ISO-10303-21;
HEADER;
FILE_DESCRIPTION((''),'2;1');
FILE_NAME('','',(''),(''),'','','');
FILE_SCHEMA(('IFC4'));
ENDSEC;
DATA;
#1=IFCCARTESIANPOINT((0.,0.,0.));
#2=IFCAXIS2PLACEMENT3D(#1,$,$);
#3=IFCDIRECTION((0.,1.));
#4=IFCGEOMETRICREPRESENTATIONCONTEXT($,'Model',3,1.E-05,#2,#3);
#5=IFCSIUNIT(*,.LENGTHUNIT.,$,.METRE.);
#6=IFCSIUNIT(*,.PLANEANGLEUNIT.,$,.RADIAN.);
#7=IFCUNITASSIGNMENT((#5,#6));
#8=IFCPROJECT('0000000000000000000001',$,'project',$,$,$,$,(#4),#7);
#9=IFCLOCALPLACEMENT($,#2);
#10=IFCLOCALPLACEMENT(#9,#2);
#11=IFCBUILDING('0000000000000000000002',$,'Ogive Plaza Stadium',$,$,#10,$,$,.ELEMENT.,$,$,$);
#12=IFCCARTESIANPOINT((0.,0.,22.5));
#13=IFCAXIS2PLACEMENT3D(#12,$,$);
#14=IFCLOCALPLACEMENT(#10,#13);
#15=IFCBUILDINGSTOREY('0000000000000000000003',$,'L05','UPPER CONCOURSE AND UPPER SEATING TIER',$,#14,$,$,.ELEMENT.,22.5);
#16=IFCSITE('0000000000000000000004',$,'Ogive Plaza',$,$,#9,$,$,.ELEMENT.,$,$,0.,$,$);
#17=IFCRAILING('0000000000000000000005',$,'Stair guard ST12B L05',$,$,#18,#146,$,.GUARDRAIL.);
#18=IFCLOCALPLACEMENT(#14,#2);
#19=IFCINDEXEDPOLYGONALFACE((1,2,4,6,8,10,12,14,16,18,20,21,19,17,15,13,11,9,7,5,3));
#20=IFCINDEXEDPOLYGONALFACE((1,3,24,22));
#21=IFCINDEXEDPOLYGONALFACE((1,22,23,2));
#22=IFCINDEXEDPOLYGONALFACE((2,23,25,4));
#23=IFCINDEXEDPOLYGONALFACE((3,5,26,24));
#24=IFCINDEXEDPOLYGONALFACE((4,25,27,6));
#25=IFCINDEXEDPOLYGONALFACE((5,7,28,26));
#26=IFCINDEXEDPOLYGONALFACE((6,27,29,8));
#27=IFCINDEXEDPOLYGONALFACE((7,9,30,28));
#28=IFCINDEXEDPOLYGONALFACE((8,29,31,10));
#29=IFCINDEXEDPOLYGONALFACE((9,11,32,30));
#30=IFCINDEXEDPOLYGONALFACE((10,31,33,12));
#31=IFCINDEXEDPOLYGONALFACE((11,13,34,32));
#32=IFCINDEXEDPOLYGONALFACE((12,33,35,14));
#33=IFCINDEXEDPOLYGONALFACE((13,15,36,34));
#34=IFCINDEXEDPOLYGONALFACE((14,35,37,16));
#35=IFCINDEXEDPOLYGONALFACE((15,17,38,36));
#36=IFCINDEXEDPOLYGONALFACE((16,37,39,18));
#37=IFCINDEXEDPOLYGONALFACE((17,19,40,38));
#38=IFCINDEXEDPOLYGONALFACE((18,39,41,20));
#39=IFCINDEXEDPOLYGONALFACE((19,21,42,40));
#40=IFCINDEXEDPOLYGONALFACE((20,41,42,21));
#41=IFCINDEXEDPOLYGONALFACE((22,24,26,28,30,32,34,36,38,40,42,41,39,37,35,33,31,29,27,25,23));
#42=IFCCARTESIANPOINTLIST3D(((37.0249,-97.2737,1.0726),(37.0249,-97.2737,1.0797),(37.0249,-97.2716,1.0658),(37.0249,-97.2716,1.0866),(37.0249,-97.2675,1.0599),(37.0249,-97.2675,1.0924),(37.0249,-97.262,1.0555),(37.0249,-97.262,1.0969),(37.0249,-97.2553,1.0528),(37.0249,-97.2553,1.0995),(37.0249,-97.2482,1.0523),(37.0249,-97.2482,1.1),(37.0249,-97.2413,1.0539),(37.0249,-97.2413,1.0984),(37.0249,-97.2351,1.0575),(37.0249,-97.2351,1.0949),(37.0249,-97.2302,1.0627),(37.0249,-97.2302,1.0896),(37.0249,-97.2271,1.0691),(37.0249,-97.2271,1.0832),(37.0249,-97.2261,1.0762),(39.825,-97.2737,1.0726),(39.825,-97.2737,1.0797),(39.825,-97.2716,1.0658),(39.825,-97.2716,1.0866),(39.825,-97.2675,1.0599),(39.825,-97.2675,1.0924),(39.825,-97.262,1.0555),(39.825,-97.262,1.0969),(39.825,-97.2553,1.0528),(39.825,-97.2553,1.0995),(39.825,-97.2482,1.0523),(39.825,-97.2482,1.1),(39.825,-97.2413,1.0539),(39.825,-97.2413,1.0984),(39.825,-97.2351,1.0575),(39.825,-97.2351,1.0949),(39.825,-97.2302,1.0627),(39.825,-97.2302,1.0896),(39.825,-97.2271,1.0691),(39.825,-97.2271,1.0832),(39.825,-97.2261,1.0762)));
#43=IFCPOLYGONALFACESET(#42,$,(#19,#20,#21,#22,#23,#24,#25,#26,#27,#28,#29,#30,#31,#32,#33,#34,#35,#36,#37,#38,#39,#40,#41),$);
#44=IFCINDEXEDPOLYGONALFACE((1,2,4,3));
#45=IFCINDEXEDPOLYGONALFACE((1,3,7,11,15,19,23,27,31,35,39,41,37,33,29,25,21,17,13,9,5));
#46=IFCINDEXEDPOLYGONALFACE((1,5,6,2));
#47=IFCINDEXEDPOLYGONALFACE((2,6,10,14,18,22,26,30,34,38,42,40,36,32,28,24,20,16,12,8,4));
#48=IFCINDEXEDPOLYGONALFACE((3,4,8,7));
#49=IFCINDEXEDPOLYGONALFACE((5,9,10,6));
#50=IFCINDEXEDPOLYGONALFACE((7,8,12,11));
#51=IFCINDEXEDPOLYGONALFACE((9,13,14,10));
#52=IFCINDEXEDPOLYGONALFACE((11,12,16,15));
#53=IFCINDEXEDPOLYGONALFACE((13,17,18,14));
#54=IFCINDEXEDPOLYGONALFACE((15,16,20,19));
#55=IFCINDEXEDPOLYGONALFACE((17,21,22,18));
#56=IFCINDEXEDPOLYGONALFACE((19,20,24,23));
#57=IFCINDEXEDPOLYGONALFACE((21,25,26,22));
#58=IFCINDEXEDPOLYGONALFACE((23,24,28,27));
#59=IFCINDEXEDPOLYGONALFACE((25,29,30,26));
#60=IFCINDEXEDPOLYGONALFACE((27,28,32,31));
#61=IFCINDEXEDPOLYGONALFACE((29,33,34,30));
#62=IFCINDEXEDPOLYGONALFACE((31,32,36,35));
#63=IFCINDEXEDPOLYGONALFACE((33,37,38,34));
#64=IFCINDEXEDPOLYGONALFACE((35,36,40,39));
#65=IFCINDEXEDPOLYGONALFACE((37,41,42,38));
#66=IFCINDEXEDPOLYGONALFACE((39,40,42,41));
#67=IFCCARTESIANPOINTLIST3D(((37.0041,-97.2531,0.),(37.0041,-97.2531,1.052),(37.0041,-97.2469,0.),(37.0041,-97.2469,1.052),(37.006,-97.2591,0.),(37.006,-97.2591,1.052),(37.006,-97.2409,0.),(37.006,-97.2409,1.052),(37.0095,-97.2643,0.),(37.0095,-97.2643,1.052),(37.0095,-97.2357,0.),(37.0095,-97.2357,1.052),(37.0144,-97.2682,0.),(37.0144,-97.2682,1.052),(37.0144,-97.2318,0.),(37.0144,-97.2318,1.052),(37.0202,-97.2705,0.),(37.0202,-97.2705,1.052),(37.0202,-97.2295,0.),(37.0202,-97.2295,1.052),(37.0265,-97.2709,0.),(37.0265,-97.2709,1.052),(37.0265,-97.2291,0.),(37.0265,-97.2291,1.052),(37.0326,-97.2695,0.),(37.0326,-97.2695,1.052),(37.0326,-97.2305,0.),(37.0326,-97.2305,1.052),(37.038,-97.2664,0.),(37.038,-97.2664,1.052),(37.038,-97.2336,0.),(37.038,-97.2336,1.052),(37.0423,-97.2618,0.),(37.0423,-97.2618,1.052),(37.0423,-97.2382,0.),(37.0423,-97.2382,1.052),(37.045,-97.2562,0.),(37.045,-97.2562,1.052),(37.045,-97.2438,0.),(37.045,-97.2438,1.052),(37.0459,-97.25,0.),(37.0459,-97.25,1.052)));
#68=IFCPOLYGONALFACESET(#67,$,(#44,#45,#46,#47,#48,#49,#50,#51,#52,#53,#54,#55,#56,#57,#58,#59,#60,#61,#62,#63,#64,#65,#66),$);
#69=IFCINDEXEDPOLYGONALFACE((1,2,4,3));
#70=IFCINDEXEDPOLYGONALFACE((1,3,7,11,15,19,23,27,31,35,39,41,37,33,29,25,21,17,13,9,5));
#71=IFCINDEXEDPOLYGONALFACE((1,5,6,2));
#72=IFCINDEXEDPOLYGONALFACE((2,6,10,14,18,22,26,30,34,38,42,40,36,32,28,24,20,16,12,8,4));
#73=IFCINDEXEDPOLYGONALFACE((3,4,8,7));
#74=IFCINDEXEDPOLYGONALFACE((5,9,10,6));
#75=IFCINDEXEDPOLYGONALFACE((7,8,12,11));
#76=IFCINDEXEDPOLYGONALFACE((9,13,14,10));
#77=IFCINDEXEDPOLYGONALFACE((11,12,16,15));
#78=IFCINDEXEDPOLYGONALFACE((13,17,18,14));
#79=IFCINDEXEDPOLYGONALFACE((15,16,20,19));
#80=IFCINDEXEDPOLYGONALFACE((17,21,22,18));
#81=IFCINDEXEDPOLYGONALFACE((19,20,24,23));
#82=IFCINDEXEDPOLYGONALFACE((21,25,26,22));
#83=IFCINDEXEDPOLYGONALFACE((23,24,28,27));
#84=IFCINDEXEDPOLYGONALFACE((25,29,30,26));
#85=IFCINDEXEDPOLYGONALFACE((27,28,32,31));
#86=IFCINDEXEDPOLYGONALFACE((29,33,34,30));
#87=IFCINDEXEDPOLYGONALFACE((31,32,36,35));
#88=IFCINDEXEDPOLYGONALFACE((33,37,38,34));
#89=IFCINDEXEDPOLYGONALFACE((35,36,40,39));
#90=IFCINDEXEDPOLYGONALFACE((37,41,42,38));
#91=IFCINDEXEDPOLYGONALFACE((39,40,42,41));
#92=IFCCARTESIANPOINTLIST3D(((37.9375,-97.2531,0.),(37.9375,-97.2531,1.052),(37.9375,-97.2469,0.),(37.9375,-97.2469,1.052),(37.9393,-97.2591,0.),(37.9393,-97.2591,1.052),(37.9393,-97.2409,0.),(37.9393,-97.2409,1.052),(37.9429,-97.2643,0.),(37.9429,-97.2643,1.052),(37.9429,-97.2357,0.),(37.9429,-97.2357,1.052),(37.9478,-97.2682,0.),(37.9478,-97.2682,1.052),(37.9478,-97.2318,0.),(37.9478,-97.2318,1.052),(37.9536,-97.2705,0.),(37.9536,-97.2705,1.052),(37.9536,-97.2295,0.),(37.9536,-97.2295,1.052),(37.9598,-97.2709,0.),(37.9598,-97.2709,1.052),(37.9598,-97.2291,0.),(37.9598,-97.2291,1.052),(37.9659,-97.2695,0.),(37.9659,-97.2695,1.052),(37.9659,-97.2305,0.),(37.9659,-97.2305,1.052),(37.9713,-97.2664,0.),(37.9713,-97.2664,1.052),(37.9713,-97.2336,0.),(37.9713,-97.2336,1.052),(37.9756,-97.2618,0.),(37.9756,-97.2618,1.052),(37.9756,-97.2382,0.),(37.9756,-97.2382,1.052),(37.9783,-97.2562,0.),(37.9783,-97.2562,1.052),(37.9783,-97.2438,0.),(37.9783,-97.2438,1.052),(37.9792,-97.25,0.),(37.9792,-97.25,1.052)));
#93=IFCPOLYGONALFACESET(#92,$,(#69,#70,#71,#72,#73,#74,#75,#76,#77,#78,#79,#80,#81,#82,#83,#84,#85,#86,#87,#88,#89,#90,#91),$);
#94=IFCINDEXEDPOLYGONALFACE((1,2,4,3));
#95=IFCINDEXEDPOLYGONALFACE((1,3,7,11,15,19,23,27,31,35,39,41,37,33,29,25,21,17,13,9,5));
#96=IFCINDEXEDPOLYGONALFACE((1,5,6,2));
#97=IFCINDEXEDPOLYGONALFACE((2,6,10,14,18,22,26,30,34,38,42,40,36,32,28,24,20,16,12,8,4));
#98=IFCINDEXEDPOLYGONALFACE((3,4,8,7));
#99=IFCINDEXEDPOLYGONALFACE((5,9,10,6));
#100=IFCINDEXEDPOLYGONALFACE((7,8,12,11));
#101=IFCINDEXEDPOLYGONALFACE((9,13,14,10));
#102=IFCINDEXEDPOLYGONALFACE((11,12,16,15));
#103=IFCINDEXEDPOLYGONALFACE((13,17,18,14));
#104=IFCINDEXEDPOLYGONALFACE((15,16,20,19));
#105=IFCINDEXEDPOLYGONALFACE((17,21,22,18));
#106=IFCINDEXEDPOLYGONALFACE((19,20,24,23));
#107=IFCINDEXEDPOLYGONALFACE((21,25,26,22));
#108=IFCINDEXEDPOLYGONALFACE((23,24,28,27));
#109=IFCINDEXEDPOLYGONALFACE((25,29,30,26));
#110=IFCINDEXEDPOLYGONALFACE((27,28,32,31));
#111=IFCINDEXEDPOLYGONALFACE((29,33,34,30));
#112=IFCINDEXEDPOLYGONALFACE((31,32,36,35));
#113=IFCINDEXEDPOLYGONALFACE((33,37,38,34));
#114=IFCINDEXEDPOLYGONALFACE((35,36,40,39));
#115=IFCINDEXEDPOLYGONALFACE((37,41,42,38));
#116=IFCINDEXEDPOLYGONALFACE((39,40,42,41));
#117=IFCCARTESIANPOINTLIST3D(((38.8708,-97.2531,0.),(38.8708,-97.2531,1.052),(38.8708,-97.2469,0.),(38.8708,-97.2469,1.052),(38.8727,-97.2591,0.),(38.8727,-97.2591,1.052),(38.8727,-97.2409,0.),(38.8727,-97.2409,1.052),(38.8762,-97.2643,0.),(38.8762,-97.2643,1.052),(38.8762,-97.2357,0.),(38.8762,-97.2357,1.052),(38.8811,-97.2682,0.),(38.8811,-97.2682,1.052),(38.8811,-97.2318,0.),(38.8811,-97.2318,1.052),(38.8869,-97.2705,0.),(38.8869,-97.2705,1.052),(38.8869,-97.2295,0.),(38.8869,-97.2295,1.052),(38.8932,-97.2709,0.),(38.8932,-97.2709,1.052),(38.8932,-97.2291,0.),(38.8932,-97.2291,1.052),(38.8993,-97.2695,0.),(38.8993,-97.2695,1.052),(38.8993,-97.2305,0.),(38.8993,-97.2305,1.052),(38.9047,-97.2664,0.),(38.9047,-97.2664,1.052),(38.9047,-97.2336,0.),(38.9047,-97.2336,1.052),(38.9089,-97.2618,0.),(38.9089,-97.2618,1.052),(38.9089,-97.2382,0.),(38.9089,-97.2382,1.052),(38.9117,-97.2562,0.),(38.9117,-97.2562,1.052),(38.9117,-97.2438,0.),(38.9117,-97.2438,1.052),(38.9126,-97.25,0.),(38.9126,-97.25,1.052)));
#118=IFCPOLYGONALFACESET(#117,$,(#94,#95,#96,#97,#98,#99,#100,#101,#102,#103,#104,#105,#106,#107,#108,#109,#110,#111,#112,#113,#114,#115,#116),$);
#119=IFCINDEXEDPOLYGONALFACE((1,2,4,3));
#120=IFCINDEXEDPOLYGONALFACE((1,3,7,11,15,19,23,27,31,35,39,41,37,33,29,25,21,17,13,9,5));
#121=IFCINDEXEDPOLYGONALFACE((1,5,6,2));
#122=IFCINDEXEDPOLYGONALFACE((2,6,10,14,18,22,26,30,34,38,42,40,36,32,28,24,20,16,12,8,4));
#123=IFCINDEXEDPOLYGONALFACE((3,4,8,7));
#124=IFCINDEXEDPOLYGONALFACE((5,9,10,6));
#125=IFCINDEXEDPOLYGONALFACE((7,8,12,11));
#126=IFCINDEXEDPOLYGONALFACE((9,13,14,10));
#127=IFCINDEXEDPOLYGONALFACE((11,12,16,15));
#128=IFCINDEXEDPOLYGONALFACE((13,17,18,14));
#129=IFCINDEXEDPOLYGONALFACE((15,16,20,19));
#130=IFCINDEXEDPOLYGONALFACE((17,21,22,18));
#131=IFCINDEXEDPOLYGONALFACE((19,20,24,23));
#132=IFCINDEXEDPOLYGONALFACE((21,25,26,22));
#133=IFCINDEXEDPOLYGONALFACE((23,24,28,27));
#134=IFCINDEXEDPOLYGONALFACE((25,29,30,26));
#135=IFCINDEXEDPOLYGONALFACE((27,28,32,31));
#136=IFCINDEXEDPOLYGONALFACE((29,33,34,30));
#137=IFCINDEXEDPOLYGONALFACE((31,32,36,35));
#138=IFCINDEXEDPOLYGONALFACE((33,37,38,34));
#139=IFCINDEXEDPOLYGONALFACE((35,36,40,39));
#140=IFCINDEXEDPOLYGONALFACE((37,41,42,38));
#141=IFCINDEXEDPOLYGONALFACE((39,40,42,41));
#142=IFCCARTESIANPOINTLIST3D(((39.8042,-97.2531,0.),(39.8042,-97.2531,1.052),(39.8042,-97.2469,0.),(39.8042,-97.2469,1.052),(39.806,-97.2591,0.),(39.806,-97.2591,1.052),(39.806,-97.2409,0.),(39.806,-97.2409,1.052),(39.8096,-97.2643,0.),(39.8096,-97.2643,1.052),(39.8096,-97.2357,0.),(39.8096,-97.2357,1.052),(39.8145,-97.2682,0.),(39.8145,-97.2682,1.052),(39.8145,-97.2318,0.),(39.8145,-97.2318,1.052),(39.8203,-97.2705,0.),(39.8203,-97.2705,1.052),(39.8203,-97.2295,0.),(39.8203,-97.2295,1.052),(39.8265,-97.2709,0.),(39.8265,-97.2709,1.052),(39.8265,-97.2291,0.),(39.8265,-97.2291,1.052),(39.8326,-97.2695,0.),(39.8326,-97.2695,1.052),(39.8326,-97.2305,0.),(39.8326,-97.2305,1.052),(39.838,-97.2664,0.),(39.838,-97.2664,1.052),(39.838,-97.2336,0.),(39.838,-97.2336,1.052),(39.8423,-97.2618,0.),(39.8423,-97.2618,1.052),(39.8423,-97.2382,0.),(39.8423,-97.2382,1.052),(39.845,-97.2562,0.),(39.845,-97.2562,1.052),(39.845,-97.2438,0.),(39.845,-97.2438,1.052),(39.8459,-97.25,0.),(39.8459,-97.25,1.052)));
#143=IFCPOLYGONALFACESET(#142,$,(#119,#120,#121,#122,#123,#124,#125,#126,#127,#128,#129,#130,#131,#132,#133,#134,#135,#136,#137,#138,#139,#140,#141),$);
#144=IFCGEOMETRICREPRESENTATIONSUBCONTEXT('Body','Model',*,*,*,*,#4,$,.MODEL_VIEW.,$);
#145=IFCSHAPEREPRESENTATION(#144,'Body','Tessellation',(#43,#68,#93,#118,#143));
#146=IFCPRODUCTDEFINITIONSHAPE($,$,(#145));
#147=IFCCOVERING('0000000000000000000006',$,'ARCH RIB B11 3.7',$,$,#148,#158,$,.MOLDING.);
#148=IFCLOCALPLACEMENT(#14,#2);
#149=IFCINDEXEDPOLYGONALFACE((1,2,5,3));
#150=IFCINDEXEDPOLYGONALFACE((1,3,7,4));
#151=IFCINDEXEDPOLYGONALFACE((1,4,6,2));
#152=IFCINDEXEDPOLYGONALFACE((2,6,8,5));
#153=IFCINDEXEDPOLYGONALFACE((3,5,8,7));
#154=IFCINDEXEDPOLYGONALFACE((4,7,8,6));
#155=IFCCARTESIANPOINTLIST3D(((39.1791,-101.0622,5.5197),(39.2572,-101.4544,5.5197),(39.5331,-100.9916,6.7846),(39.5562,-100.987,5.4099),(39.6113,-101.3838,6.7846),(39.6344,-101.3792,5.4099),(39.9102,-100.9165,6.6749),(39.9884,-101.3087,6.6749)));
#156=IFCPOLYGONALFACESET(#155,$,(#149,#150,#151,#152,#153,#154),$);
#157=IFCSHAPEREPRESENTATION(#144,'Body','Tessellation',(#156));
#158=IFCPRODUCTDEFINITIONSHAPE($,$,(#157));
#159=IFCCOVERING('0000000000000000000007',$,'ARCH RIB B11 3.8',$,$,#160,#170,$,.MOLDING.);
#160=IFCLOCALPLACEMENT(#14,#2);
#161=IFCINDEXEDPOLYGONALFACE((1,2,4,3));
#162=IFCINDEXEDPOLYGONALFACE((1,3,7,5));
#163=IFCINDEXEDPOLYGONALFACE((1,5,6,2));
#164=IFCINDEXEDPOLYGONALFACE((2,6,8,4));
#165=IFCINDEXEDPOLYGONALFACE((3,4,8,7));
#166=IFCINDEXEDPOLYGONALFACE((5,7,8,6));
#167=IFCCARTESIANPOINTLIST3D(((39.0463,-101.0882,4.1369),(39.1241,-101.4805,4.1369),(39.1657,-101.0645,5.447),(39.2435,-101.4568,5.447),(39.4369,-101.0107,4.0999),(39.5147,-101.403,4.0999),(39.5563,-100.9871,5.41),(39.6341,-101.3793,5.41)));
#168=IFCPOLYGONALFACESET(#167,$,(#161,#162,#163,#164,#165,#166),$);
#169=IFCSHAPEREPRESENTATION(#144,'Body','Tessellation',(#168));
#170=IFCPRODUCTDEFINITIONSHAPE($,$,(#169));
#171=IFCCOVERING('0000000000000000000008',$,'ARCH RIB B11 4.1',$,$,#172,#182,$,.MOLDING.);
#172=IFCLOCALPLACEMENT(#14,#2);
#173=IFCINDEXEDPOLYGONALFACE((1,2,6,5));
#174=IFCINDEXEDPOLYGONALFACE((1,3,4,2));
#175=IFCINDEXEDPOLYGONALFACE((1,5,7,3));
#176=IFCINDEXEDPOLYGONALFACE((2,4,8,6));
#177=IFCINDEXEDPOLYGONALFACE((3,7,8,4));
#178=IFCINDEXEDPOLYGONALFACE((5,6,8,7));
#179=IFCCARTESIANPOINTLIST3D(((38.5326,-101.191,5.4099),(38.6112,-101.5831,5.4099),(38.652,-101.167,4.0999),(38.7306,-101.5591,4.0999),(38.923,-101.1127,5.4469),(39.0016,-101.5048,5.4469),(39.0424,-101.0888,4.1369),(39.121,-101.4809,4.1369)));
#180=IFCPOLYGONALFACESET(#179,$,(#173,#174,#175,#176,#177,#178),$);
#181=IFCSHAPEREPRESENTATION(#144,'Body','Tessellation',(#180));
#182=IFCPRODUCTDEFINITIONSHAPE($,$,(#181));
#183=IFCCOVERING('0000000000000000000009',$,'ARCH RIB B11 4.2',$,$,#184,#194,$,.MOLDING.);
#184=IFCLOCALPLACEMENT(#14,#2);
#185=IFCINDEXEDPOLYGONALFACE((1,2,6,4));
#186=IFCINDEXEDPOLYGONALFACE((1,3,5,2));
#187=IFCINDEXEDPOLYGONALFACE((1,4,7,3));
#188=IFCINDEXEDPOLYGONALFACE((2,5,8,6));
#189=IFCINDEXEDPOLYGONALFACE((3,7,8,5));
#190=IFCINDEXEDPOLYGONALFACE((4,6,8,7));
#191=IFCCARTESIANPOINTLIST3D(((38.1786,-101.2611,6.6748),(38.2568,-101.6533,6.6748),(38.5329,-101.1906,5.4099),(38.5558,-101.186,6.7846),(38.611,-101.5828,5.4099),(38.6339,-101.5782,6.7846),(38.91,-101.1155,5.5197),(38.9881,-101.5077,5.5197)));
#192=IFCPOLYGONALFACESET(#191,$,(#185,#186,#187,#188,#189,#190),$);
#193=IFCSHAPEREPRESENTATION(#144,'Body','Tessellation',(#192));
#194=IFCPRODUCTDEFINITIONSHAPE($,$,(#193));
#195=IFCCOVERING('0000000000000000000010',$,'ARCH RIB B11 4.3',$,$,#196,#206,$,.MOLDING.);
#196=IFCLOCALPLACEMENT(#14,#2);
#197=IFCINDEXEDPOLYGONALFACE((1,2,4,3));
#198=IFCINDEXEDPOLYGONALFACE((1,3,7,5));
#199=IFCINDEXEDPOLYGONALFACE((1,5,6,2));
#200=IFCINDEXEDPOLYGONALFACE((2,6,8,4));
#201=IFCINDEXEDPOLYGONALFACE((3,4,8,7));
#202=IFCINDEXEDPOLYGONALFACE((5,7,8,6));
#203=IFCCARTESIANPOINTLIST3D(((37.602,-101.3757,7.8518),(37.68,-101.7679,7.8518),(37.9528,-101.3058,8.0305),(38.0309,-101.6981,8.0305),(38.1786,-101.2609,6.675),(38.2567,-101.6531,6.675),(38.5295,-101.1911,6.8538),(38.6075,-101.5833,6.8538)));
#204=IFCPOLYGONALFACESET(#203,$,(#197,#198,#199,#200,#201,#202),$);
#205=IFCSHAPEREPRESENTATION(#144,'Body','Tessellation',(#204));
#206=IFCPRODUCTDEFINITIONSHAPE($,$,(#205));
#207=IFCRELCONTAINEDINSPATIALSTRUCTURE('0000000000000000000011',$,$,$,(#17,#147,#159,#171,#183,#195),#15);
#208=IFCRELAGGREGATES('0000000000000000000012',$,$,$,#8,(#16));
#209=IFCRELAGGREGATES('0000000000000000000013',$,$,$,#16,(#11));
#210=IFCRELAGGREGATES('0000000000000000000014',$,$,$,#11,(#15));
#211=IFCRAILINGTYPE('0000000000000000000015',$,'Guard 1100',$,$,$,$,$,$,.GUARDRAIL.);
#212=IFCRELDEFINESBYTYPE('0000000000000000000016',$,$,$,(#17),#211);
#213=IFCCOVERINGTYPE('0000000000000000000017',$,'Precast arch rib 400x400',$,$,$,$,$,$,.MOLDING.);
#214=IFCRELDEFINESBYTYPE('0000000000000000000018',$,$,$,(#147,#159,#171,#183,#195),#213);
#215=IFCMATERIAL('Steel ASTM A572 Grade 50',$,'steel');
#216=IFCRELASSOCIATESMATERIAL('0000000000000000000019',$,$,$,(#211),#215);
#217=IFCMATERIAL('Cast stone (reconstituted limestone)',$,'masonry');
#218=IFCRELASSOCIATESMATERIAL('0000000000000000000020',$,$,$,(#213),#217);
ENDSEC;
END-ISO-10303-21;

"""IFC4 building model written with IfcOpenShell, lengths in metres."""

from ifc_helpers import new_model, si_unit, direction, frame, origin, origin_2d, place, context, subcontext, project, spatial, rectangle, circle, extrude, material, material_profile, profile_set, type_object, element, save


model = new_model("IFC4")

# Units and contexts
model_context = context("Model", 3, precision=1e-05, world=origin(), true_north=direction((0.0, 1.0)))
body_context = subcontext(model_context, "Body", "Model", "MODEL_VIEW")
ifc_project = project(units=[si_unit("LENGTHUNIT", "METRE"), si_unit("PLANEANGLEUNIT", "RADIAN")], contexts=[model_context])

# Site, building, storey
site_placement = place(None, origin())
site = spatial("IfcSite", under=ifc_project, at=site_placement, Name="Ogive Plaza", CompositionType="ELEMENT", RefElevation=0.0)
building_placement = place(site_placement, origin())
building = spatial("IfcBuilding", under=site, at=building_placement, Name="Ogive Plaza Stadium", CompositionType="ELEMENT")
storey_placement = place(building_placement, frame((0.0, 0.0, 22.5)))
storey = spatial("IfcBuildingStorey", under=building, at=storey_placement, Name="L05", Description="UPPER CONCOURSE AND UPPER SEATING TIER", CompositionType="ELEMENT", Elevation=22.5)

# Railing
ifc_material_1 = material(Name="Steel ASTM A572 Grade 50", Category="steel")
railing_type = type_object("IfcRailingType", Name="Guard 1100", PredefinedType="GUARDRAIL", material=ifc_material_1)
railing_1_placement = place(storey_placement, frame((37.0249, -97.25, 0.0)))
element("IfcRailing", 1, at=railing_1_placement, inside=storey, type_object=railing_type, Name="Stair guard ST12B L05", PredefinedType="GUARDRAIL", context=body_context, shape_type="SweptSolid", body=[
    extrude(circle(Radius=0.0239, at=origin_2d()), frame((0.0, 0.0, 1.0762), z_axis=(1.0, 0.0, 0.0), x_axis=(0.0, 1.0, 0.0)), (0.0, 0.0, 1.0), 2.8),
    extrude(circle(Radius=0.021, at=origin_2d()), origin(), (0.0, 0.0, 1.0), 1.052),
    extrude(circle(Radius=0.021, at=origin_2d()), frame((0.9333, 0.0, 0.0)), (0.0, 0.0, 1.0), 1.052),
    extrude(circle(Radius=0.021, at=origin_2d()), frame((1.8667, 0.0, 0.0)), (0.0, 0.0, 1.0), 1.052),
    extrude(circle(Radius=0.021, at=origin_2d()), frame((2.8, 0.0, 0.0)), (0.0, 0.0, 1.0), 1.052),
])

# Coverings
ifc_material_2 = material(Name="Cast stone (reconstituted limestone)", Category="masonry")
ifc_material_profile_1 = material_profile(ifc_material_2, rectangle(XDim=0.3999, YDim=0.3999, at=origin_2d()), Name="Cast stone 400x400")
ifc_profile_set_1 = profile_set([ifc_material_profile_1], Name="Cast stone (reconstituted limestone)")
covering_type_1 = type_object("IfcCoveringType", Name="Precast arch rib 400x400", PredefinedType="MOLDING", material=ifc_profile_set_1)
covering_1_placement = place(storey_placement, frame((39.7607, -101.1501, 6.7297), z_axis=(-0.269125, -0.053639, -0.96161), x_axis=(0.195466, -0.980711, 0.0)))
element("IfcCovering", 2, at=covering_1_placement, inside=storey, type_object=covering_type_1, Name="ARCH RIB B11 3.7", PredefinedType="MOLDING", context=body_context, shape_type="SweptSolid", body=[
    extrude(rectangle(XDim=0.3999, YDim=0.3999, at=origin_2d()), origin(), (0.0, 0.0, 1.0), 1.3154),
])
for number, where, z_axis, x_axis, name in (
    (3, (39.3999, -101.2219, 5.4285), (-0.090739, -0.017999, -0.995712), (0.194573, -0.980888, 0.0), "ARCH RIB B11 3.8"),
    (4, (38.8865, -101.324, 4.1184), (-0.090738, -0.018185, 0.995709), (0.196502, -0.980503, 0.0), "ARCH RIB B11 4.1"),
):
    element("IfcCovering", number, at=place(storey_placement, frame(where, z_axis=z_axis, x_axis=x_axis)), inside=storey, type_object=covering_type_1, Name=name, PredefinedType="MOLDING", context=body_context, shape_type="SweptSolid", body=[
        extrude(rectangle(XDim=0.3999, YDim=0.3999, at=origin_2d()), origin(), (0.0, 0.0, 1.0), 1.3157),
    ])
for number, where, z_axis, x_axis, name in (
    (5, (38.7605, -101.3491, 5.4648), (-0.269297, -0.053637, 0.961562), (0.195336, -0.980736, 0.0), "ARCH RIB B11 4.2"),
    (6, (38.3931, -101.4221, 6.7644), (-0.438368, -0.087228, 0.894553), (0.195158, -0.980772, 0.0), "ARCH RIB B11 4.3"),
):
    element("IfcCovering", number, at=place(storey_placement, frame(where, z_axis=z_axis, x_axis=x_axis)), inside=storey, type_object=covering_type_1, Name=name, PredefinedType="MOLDING", context=body_context, shape_type="SweptSolid", body=[
        extrude(rectangle(XDim=0.3999, YDim=0.3999, at=origin_2d()), origin(), (0.0, 0.0, 1.0), 1.3154),
    ])

save(model, "model.ifc")
